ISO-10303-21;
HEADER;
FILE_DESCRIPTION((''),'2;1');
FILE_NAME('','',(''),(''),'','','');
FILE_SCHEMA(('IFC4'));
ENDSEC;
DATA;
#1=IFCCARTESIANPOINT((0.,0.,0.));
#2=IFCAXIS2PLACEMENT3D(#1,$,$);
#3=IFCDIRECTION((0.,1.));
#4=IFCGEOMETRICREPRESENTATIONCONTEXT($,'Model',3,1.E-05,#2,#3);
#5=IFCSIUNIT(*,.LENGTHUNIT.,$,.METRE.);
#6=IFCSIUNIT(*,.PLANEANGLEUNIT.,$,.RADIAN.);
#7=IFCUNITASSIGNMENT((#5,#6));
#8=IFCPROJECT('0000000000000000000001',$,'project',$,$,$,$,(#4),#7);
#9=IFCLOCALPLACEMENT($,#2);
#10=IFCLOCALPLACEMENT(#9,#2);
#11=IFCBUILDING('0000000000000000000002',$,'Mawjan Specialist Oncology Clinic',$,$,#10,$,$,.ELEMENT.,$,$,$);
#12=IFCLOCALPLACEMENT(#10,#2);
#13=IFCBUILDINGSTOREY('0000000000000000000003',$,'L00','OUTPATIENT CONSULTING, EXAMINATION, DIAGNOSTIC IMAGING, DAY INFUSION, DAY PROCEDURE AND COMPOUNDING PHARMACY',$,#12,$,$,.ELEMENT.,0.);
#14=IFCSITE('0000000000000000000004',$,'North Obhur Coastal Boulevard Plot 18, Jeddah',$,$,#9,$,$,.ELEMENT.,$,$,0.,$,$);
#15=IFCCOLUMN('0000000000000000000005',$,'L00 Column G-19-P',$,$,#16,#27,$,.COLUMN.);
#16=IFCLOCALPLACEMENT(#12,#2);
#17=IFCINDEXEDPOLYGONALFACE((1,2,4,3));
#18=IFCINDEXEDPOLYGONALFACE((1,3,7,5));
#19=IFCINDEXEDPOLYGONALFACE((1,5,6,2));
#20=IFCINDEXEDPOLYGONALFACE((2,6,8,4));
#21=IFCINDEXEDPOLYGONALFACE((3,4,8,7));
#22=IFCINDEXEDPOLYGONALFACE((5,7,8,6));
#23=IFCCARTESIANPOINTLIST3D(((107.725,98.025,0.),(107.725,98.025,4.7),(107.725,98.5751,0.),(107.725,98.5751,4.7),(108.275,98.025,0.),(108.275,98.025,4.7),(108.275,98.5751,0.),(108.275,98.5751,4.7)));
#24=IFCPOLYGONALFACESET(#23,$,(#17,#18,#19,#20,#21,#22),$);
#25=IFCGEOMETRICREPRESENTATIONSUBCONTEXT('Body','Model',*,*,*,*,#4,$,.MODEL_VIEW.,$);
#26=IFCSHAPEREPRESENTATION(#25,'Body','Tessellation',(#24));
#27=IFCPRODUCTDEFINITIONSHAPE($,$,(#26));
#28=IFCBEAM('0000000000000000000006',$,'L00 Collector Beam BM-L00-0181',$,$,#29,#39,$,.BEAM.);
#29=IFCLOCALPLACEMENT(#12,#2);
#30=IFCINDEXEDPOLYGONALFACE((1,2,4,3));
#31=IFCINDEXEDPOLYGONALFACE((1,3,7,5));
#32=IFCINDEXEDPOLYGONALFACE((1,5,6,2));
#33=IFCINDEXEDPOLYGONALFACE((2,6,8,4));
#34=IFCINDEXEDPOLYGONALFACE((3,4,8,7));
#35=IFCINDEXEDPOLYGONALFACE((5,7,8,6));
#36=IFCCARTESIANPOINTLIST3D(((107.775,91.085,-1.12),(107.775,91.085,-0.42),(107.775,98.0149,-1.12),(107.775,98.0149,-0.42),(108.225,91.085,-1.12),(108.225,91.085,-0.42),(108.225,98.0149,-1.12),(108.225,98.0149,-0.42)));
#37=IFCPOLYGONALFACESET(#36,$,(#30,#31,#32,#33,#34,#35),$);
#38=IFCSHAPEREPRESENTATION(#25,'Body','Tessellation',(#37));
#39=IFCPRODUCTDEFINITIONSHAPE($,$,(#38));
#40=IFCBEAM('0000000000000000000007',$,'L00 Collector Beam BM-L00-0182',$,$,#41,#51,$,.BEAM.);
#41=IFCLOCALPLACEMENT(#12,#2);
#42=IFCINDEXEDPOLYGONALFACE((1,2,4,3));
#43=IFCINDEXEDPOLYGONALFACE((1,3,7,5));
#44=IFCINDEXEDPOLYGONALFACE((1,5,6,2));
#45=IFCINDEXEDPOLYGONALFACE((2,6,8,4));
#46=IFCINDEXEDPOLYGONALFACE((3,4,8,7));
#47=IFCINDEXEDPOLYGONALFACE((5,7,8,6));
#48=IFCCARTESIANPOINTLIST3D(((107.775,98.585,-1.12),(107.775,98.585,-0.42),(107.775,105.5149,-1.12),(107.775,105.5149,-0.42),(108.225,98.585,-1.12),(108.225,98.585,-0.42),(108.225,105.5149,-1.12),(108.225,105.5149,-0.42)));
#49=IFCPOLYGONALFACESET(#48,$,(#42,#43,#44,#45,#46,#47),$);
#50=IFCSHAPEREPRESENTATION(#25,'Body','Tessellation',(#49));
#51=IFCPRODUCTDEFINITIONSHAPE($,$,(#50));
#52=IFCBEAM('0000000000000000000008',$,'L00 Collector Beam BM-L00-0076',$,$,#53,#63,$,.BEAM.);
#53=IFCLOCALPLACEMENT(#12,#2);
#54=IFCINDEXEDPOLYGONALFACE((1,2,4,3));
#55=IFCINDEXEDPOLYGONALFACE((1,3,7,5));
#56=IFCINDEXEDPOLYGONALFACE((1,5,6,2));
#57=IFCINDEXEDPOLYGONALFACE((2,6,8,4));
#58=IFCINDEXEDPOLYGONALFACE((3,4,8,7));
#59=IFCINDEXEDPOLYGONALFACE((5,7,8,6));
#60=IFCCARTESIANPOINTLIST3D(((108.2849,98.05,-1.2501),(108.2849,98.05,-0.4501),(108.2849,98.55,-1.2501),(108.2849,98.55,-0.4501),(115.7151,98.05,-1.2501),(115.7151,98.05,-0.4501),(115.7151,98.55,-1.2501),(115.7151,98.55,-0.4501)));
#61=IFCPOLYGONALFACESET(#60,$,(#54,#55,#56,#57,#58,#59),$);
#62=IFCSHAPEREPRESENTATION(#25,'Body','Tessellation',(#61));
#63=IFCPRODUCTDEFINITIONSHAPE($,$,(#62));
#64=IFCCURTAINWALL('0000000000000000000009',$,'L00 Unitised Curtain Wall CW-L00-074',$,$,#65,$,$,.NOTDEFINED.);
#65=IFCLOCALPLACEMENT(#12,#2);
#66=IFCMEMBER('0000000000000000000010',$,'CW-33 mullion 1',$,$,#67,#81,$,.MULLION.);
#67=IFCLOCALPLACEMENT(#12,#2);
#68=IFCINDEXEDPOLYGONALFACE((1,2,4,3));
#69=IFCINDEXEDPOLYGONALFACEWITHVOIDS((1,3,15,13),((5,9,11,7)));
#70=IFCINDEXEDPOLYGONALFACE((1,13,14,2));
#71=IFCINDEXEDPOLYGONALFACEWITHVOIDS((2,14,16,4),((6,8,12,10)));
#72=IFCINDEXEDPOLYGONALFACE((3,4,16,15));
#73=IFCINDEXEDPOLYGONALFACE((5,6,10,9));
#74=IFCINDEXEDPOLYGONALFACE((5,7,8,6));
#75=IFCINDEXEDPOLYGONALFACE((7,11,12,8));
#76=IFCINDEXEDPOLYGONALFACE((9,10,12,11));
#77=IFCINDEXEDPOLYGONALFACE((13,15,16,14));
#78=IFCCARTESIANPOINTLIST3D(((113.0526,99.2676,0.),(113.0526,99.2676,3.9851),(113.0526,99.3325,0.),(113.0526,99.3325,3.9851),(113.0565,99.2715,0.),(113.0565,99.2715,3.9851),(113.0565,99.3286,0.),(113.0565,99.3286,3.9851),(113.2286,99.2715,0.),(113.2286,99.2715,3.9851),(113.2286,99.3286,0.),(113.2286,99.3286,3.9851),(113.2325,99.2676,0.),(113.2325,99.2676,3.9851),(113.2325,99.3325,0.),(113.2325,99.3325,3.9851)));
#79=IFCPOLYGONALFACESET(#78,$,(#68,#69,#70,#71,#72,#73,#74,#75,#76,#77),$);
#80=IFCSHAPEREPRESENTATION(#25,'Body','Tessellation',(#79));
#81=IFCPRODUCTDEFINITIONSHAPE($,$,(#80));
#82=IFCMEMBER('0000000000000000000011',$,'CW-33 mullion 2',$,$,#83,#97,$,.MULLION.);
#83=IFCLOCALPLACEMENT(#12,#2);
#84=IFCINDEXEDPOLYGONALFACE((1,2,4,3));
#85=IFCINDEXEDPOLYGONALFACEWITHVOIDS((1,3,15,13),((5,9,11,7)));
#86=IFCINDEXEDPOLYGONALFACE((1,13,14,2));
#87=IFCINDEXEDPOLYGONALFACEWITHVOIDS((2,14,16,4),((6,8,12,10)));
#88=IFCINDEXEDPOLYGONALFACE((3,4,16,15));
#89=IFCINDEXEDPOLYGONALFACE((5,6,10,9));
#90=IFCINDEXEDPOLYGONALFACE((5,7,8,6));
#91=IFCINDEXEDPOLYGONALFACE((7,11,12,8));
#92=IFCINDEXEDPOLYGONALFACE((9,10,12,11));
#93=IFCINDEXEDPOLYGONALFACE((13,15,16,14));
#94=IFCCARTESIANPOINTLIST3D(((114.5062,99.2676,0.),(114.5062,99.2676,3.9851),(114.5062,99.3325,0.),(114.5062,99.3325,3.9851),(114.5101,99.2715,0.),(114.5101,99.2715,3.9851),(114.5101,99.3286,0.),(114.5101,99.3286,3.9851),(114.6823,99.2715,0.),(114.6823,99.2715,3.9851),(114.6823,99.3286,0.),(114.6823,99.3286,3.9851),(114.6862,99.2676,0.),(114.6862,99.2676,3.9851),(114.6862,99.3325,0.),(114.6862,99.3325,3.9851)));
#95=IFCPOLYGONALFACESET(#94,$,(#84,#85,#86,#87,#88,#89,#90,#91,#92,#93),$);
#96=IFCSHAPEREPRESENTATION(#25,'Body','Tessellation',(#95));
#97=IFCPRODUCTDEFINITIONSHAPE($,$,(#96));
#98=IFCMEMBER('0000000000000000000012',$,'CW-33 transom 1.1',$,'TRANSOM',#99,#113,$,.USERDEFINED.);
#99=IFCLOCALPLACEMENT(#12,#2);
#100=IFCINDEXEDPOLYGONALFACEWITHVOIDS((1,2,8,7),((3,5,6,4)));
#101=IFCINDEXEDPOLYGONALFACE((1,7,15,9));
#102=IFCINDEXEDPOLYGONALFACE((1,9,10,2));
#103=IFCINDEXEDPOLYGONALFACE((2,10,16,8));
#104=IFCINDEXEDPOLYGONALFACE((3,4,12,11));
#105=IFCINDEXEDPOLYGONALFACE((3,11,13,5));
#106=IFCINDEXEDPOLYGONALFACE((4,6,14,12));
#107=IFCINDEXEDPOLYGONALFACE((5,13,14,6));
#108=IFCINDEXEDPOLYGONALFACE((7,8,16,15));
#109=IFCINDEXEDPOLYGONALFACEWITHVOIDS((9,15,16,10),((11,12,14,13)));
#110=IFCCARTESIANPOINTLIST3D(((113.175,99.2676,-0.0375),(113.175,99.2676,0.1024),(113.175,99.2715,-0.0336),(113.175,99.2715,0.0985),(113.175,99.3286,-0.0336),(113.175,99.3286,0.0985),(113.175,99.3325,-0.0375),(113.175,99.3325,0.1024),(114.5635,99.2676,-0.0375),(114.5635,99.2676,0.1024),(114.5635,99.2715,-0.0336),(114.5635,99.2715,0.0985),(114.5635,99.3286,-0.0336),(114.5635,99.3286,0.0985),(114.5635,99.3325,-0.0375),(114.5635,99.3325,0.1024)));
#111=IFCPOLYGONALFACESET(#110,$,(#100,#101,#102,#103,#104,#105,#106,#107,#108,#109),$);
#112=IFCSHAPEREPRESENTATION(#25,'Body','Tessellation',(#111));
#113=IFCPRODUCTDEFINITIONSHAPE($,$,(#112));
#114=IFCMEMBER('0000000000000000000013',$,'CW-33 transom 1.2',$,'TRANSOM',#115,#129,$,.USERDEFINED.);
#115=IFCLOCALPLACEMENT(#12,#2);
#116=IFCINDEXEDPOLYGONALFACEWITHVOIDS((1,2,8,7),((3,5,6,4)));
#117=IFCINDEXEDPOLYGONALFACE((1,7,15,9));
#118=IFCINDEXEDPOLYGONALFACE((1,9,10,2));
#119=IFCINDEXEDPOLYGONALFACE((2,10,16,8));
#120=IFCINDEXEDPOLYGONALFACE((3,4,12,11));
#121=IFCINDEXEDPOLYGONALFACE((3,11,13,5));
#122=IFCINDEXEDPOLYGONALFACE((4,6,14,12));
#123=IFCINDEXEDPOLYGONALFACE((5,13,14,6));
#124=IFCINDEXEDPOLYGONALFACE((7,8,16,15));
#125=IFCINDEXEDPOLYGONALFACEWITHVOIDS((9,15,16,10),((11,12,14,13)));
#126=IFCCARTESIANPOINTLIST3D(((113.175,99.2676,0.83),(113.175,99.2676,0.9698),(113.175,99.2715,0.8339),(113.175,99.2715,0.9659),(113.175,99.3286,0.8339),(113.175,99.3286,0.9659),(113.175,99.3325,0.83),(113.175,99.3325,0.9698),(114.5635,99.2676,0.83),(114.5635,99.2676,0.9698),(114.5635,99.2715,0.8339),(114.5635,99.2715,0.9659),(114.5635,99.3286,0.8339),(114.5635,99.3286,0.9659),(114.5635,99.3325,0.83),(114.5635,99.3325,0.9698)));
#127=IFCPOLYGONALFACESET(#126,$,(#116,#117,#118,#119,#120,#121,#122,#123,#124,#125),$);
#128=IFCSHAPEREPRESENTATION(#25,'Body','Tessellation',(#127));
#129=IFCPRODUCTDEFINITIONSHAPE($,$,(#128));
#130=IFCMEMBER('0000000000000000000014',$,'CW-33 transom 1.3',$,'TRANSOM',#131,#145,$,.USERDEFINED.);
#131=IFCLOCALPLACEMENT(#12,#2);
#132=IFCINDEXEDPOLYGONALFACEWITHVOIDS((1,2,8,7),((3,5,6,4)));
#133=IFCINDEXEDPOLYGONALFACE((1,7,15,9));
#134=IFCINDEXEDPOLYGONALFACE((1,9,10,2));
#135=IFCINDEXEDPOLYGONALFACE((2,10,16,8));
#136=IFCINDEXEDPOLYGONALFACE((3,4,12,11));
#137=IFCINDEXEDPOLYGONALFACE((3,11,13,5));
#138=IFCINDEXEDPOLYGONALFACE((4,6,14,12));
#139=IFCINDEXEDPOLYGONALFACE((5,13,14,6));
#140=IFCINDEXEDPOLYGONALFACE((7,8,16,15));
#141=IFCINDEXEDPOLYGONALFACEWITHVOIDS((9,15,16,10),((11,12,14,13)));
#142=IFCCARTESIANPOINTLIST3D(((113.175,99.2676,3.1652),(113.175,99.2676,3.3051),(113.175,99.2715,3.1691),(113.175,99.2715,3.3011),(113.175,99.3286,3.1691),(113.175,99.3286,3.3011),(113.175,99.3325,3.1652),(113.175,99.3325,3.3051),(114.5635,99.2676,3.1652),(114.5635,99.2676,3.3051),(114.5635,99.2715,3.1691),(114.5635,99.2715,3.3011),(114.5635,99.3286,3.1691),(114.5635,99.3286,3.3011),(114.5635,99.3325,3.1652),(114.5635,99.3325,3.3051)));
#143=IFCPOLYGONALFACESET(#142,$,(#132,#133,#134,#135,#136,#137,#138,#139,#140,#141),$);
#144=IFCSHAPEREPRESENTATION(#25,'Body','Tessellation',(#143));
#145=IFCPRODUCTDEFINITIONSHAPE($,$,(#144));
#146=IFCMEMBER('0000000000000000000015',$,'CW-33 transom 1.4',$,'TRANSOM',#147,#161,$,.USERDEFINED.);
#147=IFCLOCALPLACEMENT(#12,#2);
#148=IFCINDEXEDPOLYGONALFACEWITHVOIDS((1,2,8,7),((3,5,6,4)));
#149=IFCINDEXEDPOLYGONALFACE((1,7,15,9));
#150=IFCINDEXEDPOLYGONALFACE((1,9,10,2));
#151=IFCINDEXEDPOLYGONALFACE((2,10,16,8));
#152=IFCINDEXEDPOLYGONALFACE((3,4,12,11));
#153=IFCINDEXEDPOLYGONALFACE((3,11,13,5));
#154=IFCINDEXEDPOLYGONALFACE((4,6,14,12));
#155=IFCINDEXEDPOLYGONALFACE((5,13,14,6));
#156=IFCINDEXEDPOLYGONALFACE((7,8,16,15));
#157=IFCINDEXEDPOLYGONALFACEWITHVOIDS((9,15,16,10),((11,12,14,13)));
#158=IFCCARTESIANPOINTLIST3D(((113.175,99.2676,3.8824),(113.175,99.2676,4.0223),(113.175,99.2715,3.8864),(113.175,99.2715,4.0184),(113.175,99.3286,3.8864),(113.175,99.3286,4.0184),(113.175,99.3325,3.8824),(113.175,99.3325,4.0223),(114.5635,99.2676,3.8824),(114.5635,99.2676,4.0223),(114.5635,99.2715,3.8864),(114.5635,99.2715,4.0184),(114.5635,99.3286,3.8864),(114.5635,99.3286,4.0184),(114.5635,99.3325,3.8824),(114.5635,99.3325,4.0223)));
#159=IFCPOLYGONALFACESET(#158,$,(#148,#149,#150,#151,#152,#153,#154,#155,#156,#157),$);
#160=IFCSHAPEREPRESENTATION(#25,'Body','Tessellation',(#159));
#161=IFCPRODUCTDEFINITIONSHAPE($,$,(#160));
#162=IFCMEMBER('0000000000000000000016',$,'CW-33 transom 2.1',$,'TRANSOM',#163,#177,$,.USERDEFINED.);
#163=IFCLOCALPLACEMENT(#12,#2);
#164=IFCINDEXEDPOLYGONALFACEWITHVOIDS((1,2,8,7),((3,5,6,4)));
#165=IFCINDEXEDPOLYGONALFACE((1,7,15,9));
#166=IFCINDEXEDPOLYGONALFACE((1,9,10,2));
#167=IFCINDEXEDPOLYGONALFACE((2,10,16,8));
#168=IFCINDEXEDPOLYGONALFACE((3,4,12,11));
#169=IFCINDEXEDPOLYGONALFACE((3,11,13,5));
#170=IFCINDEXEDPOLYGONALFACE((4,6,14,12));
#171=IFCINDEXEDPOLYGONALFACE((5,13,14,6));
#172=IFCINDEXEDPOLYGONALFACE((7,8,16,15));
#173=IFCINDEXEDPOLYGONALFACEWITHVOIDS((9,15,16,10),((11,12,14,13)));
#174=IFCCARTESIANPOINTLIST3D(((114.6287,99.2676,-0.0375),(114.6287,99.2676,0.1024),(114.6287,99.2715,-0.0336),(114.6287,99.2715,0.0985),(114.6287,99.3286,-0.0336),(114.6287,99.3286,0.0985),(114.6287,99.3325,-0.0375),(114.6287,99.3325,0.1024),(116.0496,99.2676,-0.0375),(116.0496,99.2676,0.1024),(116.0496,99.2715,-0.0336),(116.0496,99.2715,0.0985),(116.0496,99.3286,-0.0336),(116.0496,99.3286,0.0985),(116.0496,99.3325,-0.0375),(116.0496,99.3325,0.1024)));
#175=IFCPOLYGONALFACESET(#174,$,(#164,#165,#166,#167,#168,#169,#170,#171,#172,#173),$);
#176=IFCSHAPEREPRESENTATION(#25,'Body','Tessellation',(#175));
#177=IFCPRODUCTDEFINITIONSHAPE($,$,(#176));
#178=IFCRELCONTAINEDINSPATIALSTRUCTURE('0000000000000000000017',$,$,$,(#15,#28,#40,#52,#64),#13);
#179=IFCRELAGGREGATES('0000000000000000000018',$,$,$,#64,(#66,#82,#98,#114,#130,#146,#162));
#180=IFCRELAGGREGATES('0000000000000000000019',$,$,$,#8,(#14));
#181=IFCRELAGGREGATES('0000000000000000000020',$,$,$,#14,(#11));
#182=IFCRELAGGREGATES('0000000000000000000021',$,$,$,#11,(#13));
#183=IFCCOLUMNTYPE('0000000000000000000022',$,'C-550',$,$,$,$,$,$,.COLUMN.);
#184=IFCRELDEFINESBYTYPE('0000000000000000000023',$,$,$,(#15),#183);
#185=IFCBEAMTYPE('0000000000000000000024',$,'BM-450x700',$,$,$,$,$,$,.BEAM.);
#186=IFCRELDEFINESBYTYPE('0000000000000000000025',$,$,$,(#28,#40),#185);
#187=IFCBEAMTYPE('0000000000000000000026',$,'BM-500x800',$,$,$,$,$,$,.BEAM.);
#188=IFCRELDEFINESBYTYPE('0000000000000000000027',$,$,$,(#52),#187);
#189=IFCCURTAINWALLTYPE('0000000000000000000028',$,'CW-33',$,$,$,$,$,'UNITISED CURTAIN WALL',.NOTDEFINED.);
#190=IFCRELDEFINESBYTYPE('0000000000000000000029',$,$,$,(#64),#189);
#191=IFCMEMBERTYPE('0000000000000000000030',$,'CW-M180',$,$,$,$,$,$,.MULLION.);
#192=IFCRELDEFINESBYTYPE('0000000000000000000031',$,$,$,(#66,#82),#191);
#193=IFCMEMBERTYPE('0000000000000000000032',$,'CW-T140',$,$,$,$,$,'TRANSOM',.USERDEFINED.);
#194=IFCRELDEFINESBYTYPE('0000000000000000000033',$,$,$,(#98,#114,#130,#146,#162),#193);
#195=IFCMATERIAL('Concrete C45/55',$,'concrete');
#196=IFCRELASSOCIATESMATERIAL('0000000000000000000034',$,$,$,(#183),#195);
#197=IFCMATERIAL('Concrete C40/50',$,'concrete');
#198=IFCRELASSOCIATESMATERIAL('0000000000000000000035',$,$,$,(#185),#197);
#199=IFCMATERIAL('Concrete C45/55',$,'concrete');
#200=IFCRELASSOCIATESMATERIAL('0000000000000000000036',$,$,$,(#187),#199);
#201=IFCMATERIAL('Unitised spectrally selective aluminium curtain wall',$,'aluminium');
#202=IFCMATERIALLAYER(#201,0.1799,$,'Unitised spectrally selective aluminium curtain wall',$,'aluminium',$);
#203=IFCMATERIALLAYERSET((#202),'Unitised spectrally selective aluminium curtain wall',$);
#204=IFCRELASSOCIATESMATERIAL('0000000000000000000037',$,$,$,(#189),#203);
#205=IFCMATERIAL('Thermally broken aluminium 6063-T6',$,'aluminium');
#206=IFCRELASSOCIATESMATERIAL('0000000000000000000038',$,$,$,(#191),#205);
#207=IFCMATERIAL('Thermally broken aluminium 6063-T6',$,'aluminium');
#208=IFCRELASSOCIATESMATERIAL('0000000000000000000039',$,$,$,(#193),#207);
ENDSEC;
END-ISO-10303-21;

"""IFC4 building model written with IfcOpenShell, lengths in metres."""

from ifc_helpers import new_model, si_unit, direction, frame, origin, origin_2d, place, context, subcontext, project, spatial, rectangle, hollow_rectangle, extrude, material, layer, layer_set, material_profile, profile_set, type_object, element, aggregate, save


model = new_model("IFC4")

# Units and contexts
model_context = context("Model", 3, precision=1e-05, world=origin(), true_north=direction((0.0, 1.0)))
body_context = subcontext(model_context, "Body", "Model", "MODEL_VIEW")
ifc_project = project(units=[si_unit("LENGTHUNIT", "METRE"), si_unit("PLANEANGLEUNIT", "RADIAN")], contexts=[model_context])

# Site, building, storey
site_placement = place(None, origin())
site = spatial("IfcSite", under=ifc_project, at=site_placement, Name="North Obhur Coastal Boulevard Plot 18, Jeddah", CompositionType="ELEMENT", RefElevation=0.0)
building_placement = place(site_placement, origin())
building = spatial("IfcBuilding", under=site, at=building_placement, Name="Mawjan Specialist Oncology Clinic", CompositionType="ELEMENT")
storey_placement = place(building_placement, origin())
storey = spatial("IfcBuildingStorey", under=building, at=storey_placement, Name="L00", Description="OUTPATIENT CONSULTING, EXAMINATION, DIAGNOSTIC IMAGING, DAY INFUSION, DAY PROCEDURE AND COMPOUNDING PHARMACY", CompositionType="ELEMENT", Elevation=0.0)

# Column
ifc_material_1 = material(Name="Concrete C45/55", Category="concrete")
ifc_material_profile_1 = material_profile(ifc_material_1, rectangle(XDim=0.55, YDim=0.55, at=origin_2d()), Name="RC COL 550x550", Category="concrete")
ifc_profile_set_1 = profile_set([ifc_material_profile_1], Name="Concrete C45/55")
column_type = type_object("IfcColumnType", Name="C-550", PredefinedType="COLUMN", material=ifc_profile_set_1)
column_placement = place(storey_placement, frame((108.0, 98.3, 0.0), z_axis=(0.0, 0.0, 1.0), x_axis=(1.0, 0.0, 0.0)))
element("IfcColumn", 1, at=column_placement, inside=storey, type_object=column_type, Name="L00 Column G-19-P", PredefinedType="COLUMN", context=body_context, shape_type="SweptSolid", body=[
    extrude(rectangle(XDim=0.55, YDim=0.55, at=origin_2d()), origin(), (0.0, 0.0, 1.0), 4.7),
])

# Beams
ifc_material_2 = material(Name="Concrete C40/50", Category="concrete")
ifc_material_profile_2 = material_profile(ifc_material_2, rectangle(XDim=0.45, YDim=0.7, at=origin_2d()), Name="RC BM 450x700", Category="concrete")
ifc_profile_set_2 = profile_set([ifc_material_profile_2], Name="Concrete C40/50")
beam_type_1 = type_object("IfcBeamType", Name="BM-450x700", PredefinedType="BEAM", material=ifc_profile_set_2)
for number, where, z_axis, x_axis, name in (
    (2, (108.0, 91.085, -0.77), (0.0, 1.0, 0.0), (-1.0, 0.0, 0.0), "L00 Collector Beam BM-L00-0181"),
    (3, (108.0, 98.585, -0.77), (0.0, 1.0, 0.0), (-1.0, 0.0, 0.0), "L00 Collector Beam BM-L00-0182"),
):
    element("IfcBeam", number, at=place(storey_placement, frame(where, z_axis=z_axis, x_axis=x_axis)), inside=storey, type_object=beam_type_1, Name=name, PredefinedType="BEAM", context=body_context, shape_type="SweptSolid", body=[
        extrude(rectangle(XDim=0.45, YDim=0.7, at=origin_2d()), origin(), (0.0, 0.0, 1.0), 6.9299),
    ])
ifc_material_3 = material(Name="Concrete C45/55", Category="concrete")
ifc_material_profile_3 = material_profile(ifc_material_3, rectangle(XDim=0.5, YDim=0.8, at=origin_2d()), Name="RC BM 500x800", Category="concrete")
ifc_profile_set_3 = profile_set([ifc_material_profile_3], Name="Concrete C45/55")
beam_type_2 = type_object("IfcBeamType", Name="BM-500x800", PredefinedType="BEAM", material=ifc_profile_set_3)
beam_placement = place(storey_placement, frame((108.2849, 98.3, -0.8501), z_axis=(1.0, 0.0, 0.0), x_axis=(0.0, 1.0, 0.0)))
element("IfcBeam", 4, at=beam_placement, inside=storey, type_object=beam_type_2, Name="L00 Collector Beam BM-L00-0076", PredefinedType="BEAM", context=body_context, shape_type="SweptSolid", body=[
    extrude(rectangle(XDim=0.5, YDim=0.8, at=origin_2d()), origin(), (0.0, 0.0, 1.0), 7.4302),
])

# Curtain wall, members
ifc_material_4 = material(Name="Unitised spectrally selective aluminium curtain wall", Category="aluminium")
ifc_layer_1 = layer(ifc_material_4, 0.1799, Name="Unitised spectrally selective aluminium curtain wall", Category="aluminium")
ifc_layer_set_1 = layer_set([ifc_layer_1], Name="Unitised spectrally selective aluminium curtain wall")
curtain_wall_type = type_object("IfcCurtainWallType", Name="CW-33", ElementType="UNITISED CURTAIN WALL", PredefinedType="NOTDEFINED", material=ifc_layer_set_1)
curtain_wall_placement = place(storey_placement, origin())
curtain_wall = element("IfcCurtainWall", 5, at=curtain_wall_placement, inside=storey, type_object=curtain_wall_type, Name="L00 Unitised Curtain Wall CW-L00-074", PredefinedType="NOTDEFINED")
ifc_material_5 = material(Name="Thermally broken aluminium 6063-T6", Category="aluminium")
ifc_material_profile_4 = material_profile(ifc_material_5, hollow_rectangle(XDim=0.0649, YDim=0.1799, WallThickness=0.0039, at=origin_2d()), Name="ALU MULLION 180x65x4", Category="aluminium")
ifc_profile_set_4 = profile_set([ifc_material_profile_4], Name="Thermally broken aluminium 6063-T6")
member_type_1 = type_object("IfcMemberType", Name="CW-M180", PredefinedType="MULLION", material=ifc_profile_set_4)
member_1_placement = place(storey_placement, frame((113.1426, 99.3, 0.0), z_axis=(0.0, 0.0, 1.0), x_axis=(0.0, 1.0, 0.0)))
member_1 = element("IfcMember", 6, at=member_1_placement, type_object=member_type_1, Name="CW-33 mullion 1", PredefinedType="MULLION", context=body_context, shape_type="SweptSolid", body=[
    extrude(hollow_rectangle(XDim=0.0649, YDim=0.1799, WallThickness=0.0039, at=origin_2d()), origin(), (0.0, 0.0, 1.0), 3.9851),
])
member_2_placement = place(storey_placement, frame((114.5962, 99.3, 0.0), z_axis=(0.0, 0.0, 1.0), x_axis=(0.0, 1.0, 0.0)))
member_2 = element("IfcMember", 7, at=member_2_placement, type_object=member_type_1, Name="CW-33 mullion 2", PredefinedType="MULLION", context=body_context, shape_type="SweptSolid", body=[
    extrude(hollow_rectangle(XDim=0.0649, YDim=0.1799, WallThickness=0.0039, at=origin_2d()), origin(), (0.0, 0.0, 1.0), 3.9851),
])
ifc_material_6 = material(Name="Thermally broken aluminium 6063-T6", Category="aluminium")
ifc_material_profile_5 = material_profile(ifc_material_6, hollow_rectangle(XDim=0.0649, YDim=0.1399, WallThickness=0.0039, at=origin_2d()), Name="ALU TRANSOM 140x65x4", Category="aluminium")
ifc_profile_set_5 = profile_set([ifc_material_profile_5], Name="Thermally broken aluminium 6063-T6")
member_type_2 = type_object("IfcMemberType", Name="CW-T140", ElementType="TRANSOM", PredefinedType="USERDEFINED", material=ifc_profile_set_5)
member_3_placement = place(storey_placement, frame((113.175, 99.3, 0.0325), z_axis=(1.0, 0.0, 0.0), x_axis=(0.0, 1.0, 0.0)))
member_3 = element("IfcMember", 8, at=member_3_placement, type_object=member_type_2, Name="CW-33 transom 1.1", ObjectType="TRANSOM", PredefinedType="USERDEFINED", context=body_context, shape_type="SweptSolid", body=[
    extrude(hollow_rectangle(XDim=0.0649, YDim=0.1399, WallThickness=0.0039, at=origin_2d()), origin(), (0.0, 0.0, 1.0), 1.3884),
])
member_4_placement = place(storey_placement, frame((113.175, 99.3, 0.8999), z_axis=(1.0, 0.0, 0.0), x_axis=(0.0, 1.0, 0.0)))
member_4 = element("IfcMember", 9, at=member_4_placement, type_object=member_type_2, Name="CW-33 transom 1.2", ObjectType="TRANSOM", PredefinedType="USERDEFINED", context=body_context, shape_type="SweptSolid", body=[
    extrude(hollow_rectangle(XDim=0.0649, YDim=0.1399, WallThickness=0.0039, at=origin_2d()), origin(), (0.0, 0.0, 1.0), 1.3884),
])
member_5_placement = place(storey_placement, frame((113.175, 99.3, 3.2351), z_axis=(1.0, 0.0, 0.0), x_axis=(0.0, 1.0, 0.0)))
member_5 = element("IfcMember", 10, at=member_5_placement, type_object=member_type_2, Name="CW-33 transom 1.3", ObjectType="TRANSOM", PredefinedType="USERDEFINED", context=body_context, shape_type="SweptSolid", body=[
    extrude(hollow_rectangle(XDim=0.0649, YDim=0.1399, WallThickness=0.0039, at=origin_2d()), origin(), (0.0, 0.0, 1.0), 1.3884),
])
member_6_placement = place(storey_placement, frame((113.175, 99.3, 3.9524), z_axis=(1.0, 0.0, 0.0), x_axis=(0.0, 1.0, 0.0)))
member_6 = element("IfcMember", 11, at=member_6_placement, type_object=member_type_2, Name="CW-33 transom 1.4", ObjectType="TRANSOM", PredefinedType="USERDEFINED", context=body_context, shape_type="SweptSolid", body=[
    extrude(hollow_rectangle(XDim=0.0649, YDim=0.1399, WallThickness=0.0039, at=origin_2d()), origin(), (0.0, 0.0, 1.0), 1.3884),
])
member_7_placement = place(storey_placement, frame((114.6287, 99.3, 0.0325), z_axis=(1.0, 0.0, 0.0), x_axis=(0.0, 1.0, 0.0)))
member_7 = element("IfcMember", 12, at=member_7_placement, type_object=member_type_2, Name="CW-33 transom 2.1", ObjectType="TRANSOM", PredefinedType="USERDEFINED", context=body_context, shape_type="SweptSolid", body=[
    extrude(hollow_rectangle(XDim=0.0649, YDim=0.1399, WallThickness=0.0039, at=origin_2d()), origin(), (0.0, 0.0, 1.0), 1.4209),
])
aggregate(curtain_wall, [member_1, member_2, member_3, member_4, member_5, member_6, member_7])

save(model, "model.ifc")
